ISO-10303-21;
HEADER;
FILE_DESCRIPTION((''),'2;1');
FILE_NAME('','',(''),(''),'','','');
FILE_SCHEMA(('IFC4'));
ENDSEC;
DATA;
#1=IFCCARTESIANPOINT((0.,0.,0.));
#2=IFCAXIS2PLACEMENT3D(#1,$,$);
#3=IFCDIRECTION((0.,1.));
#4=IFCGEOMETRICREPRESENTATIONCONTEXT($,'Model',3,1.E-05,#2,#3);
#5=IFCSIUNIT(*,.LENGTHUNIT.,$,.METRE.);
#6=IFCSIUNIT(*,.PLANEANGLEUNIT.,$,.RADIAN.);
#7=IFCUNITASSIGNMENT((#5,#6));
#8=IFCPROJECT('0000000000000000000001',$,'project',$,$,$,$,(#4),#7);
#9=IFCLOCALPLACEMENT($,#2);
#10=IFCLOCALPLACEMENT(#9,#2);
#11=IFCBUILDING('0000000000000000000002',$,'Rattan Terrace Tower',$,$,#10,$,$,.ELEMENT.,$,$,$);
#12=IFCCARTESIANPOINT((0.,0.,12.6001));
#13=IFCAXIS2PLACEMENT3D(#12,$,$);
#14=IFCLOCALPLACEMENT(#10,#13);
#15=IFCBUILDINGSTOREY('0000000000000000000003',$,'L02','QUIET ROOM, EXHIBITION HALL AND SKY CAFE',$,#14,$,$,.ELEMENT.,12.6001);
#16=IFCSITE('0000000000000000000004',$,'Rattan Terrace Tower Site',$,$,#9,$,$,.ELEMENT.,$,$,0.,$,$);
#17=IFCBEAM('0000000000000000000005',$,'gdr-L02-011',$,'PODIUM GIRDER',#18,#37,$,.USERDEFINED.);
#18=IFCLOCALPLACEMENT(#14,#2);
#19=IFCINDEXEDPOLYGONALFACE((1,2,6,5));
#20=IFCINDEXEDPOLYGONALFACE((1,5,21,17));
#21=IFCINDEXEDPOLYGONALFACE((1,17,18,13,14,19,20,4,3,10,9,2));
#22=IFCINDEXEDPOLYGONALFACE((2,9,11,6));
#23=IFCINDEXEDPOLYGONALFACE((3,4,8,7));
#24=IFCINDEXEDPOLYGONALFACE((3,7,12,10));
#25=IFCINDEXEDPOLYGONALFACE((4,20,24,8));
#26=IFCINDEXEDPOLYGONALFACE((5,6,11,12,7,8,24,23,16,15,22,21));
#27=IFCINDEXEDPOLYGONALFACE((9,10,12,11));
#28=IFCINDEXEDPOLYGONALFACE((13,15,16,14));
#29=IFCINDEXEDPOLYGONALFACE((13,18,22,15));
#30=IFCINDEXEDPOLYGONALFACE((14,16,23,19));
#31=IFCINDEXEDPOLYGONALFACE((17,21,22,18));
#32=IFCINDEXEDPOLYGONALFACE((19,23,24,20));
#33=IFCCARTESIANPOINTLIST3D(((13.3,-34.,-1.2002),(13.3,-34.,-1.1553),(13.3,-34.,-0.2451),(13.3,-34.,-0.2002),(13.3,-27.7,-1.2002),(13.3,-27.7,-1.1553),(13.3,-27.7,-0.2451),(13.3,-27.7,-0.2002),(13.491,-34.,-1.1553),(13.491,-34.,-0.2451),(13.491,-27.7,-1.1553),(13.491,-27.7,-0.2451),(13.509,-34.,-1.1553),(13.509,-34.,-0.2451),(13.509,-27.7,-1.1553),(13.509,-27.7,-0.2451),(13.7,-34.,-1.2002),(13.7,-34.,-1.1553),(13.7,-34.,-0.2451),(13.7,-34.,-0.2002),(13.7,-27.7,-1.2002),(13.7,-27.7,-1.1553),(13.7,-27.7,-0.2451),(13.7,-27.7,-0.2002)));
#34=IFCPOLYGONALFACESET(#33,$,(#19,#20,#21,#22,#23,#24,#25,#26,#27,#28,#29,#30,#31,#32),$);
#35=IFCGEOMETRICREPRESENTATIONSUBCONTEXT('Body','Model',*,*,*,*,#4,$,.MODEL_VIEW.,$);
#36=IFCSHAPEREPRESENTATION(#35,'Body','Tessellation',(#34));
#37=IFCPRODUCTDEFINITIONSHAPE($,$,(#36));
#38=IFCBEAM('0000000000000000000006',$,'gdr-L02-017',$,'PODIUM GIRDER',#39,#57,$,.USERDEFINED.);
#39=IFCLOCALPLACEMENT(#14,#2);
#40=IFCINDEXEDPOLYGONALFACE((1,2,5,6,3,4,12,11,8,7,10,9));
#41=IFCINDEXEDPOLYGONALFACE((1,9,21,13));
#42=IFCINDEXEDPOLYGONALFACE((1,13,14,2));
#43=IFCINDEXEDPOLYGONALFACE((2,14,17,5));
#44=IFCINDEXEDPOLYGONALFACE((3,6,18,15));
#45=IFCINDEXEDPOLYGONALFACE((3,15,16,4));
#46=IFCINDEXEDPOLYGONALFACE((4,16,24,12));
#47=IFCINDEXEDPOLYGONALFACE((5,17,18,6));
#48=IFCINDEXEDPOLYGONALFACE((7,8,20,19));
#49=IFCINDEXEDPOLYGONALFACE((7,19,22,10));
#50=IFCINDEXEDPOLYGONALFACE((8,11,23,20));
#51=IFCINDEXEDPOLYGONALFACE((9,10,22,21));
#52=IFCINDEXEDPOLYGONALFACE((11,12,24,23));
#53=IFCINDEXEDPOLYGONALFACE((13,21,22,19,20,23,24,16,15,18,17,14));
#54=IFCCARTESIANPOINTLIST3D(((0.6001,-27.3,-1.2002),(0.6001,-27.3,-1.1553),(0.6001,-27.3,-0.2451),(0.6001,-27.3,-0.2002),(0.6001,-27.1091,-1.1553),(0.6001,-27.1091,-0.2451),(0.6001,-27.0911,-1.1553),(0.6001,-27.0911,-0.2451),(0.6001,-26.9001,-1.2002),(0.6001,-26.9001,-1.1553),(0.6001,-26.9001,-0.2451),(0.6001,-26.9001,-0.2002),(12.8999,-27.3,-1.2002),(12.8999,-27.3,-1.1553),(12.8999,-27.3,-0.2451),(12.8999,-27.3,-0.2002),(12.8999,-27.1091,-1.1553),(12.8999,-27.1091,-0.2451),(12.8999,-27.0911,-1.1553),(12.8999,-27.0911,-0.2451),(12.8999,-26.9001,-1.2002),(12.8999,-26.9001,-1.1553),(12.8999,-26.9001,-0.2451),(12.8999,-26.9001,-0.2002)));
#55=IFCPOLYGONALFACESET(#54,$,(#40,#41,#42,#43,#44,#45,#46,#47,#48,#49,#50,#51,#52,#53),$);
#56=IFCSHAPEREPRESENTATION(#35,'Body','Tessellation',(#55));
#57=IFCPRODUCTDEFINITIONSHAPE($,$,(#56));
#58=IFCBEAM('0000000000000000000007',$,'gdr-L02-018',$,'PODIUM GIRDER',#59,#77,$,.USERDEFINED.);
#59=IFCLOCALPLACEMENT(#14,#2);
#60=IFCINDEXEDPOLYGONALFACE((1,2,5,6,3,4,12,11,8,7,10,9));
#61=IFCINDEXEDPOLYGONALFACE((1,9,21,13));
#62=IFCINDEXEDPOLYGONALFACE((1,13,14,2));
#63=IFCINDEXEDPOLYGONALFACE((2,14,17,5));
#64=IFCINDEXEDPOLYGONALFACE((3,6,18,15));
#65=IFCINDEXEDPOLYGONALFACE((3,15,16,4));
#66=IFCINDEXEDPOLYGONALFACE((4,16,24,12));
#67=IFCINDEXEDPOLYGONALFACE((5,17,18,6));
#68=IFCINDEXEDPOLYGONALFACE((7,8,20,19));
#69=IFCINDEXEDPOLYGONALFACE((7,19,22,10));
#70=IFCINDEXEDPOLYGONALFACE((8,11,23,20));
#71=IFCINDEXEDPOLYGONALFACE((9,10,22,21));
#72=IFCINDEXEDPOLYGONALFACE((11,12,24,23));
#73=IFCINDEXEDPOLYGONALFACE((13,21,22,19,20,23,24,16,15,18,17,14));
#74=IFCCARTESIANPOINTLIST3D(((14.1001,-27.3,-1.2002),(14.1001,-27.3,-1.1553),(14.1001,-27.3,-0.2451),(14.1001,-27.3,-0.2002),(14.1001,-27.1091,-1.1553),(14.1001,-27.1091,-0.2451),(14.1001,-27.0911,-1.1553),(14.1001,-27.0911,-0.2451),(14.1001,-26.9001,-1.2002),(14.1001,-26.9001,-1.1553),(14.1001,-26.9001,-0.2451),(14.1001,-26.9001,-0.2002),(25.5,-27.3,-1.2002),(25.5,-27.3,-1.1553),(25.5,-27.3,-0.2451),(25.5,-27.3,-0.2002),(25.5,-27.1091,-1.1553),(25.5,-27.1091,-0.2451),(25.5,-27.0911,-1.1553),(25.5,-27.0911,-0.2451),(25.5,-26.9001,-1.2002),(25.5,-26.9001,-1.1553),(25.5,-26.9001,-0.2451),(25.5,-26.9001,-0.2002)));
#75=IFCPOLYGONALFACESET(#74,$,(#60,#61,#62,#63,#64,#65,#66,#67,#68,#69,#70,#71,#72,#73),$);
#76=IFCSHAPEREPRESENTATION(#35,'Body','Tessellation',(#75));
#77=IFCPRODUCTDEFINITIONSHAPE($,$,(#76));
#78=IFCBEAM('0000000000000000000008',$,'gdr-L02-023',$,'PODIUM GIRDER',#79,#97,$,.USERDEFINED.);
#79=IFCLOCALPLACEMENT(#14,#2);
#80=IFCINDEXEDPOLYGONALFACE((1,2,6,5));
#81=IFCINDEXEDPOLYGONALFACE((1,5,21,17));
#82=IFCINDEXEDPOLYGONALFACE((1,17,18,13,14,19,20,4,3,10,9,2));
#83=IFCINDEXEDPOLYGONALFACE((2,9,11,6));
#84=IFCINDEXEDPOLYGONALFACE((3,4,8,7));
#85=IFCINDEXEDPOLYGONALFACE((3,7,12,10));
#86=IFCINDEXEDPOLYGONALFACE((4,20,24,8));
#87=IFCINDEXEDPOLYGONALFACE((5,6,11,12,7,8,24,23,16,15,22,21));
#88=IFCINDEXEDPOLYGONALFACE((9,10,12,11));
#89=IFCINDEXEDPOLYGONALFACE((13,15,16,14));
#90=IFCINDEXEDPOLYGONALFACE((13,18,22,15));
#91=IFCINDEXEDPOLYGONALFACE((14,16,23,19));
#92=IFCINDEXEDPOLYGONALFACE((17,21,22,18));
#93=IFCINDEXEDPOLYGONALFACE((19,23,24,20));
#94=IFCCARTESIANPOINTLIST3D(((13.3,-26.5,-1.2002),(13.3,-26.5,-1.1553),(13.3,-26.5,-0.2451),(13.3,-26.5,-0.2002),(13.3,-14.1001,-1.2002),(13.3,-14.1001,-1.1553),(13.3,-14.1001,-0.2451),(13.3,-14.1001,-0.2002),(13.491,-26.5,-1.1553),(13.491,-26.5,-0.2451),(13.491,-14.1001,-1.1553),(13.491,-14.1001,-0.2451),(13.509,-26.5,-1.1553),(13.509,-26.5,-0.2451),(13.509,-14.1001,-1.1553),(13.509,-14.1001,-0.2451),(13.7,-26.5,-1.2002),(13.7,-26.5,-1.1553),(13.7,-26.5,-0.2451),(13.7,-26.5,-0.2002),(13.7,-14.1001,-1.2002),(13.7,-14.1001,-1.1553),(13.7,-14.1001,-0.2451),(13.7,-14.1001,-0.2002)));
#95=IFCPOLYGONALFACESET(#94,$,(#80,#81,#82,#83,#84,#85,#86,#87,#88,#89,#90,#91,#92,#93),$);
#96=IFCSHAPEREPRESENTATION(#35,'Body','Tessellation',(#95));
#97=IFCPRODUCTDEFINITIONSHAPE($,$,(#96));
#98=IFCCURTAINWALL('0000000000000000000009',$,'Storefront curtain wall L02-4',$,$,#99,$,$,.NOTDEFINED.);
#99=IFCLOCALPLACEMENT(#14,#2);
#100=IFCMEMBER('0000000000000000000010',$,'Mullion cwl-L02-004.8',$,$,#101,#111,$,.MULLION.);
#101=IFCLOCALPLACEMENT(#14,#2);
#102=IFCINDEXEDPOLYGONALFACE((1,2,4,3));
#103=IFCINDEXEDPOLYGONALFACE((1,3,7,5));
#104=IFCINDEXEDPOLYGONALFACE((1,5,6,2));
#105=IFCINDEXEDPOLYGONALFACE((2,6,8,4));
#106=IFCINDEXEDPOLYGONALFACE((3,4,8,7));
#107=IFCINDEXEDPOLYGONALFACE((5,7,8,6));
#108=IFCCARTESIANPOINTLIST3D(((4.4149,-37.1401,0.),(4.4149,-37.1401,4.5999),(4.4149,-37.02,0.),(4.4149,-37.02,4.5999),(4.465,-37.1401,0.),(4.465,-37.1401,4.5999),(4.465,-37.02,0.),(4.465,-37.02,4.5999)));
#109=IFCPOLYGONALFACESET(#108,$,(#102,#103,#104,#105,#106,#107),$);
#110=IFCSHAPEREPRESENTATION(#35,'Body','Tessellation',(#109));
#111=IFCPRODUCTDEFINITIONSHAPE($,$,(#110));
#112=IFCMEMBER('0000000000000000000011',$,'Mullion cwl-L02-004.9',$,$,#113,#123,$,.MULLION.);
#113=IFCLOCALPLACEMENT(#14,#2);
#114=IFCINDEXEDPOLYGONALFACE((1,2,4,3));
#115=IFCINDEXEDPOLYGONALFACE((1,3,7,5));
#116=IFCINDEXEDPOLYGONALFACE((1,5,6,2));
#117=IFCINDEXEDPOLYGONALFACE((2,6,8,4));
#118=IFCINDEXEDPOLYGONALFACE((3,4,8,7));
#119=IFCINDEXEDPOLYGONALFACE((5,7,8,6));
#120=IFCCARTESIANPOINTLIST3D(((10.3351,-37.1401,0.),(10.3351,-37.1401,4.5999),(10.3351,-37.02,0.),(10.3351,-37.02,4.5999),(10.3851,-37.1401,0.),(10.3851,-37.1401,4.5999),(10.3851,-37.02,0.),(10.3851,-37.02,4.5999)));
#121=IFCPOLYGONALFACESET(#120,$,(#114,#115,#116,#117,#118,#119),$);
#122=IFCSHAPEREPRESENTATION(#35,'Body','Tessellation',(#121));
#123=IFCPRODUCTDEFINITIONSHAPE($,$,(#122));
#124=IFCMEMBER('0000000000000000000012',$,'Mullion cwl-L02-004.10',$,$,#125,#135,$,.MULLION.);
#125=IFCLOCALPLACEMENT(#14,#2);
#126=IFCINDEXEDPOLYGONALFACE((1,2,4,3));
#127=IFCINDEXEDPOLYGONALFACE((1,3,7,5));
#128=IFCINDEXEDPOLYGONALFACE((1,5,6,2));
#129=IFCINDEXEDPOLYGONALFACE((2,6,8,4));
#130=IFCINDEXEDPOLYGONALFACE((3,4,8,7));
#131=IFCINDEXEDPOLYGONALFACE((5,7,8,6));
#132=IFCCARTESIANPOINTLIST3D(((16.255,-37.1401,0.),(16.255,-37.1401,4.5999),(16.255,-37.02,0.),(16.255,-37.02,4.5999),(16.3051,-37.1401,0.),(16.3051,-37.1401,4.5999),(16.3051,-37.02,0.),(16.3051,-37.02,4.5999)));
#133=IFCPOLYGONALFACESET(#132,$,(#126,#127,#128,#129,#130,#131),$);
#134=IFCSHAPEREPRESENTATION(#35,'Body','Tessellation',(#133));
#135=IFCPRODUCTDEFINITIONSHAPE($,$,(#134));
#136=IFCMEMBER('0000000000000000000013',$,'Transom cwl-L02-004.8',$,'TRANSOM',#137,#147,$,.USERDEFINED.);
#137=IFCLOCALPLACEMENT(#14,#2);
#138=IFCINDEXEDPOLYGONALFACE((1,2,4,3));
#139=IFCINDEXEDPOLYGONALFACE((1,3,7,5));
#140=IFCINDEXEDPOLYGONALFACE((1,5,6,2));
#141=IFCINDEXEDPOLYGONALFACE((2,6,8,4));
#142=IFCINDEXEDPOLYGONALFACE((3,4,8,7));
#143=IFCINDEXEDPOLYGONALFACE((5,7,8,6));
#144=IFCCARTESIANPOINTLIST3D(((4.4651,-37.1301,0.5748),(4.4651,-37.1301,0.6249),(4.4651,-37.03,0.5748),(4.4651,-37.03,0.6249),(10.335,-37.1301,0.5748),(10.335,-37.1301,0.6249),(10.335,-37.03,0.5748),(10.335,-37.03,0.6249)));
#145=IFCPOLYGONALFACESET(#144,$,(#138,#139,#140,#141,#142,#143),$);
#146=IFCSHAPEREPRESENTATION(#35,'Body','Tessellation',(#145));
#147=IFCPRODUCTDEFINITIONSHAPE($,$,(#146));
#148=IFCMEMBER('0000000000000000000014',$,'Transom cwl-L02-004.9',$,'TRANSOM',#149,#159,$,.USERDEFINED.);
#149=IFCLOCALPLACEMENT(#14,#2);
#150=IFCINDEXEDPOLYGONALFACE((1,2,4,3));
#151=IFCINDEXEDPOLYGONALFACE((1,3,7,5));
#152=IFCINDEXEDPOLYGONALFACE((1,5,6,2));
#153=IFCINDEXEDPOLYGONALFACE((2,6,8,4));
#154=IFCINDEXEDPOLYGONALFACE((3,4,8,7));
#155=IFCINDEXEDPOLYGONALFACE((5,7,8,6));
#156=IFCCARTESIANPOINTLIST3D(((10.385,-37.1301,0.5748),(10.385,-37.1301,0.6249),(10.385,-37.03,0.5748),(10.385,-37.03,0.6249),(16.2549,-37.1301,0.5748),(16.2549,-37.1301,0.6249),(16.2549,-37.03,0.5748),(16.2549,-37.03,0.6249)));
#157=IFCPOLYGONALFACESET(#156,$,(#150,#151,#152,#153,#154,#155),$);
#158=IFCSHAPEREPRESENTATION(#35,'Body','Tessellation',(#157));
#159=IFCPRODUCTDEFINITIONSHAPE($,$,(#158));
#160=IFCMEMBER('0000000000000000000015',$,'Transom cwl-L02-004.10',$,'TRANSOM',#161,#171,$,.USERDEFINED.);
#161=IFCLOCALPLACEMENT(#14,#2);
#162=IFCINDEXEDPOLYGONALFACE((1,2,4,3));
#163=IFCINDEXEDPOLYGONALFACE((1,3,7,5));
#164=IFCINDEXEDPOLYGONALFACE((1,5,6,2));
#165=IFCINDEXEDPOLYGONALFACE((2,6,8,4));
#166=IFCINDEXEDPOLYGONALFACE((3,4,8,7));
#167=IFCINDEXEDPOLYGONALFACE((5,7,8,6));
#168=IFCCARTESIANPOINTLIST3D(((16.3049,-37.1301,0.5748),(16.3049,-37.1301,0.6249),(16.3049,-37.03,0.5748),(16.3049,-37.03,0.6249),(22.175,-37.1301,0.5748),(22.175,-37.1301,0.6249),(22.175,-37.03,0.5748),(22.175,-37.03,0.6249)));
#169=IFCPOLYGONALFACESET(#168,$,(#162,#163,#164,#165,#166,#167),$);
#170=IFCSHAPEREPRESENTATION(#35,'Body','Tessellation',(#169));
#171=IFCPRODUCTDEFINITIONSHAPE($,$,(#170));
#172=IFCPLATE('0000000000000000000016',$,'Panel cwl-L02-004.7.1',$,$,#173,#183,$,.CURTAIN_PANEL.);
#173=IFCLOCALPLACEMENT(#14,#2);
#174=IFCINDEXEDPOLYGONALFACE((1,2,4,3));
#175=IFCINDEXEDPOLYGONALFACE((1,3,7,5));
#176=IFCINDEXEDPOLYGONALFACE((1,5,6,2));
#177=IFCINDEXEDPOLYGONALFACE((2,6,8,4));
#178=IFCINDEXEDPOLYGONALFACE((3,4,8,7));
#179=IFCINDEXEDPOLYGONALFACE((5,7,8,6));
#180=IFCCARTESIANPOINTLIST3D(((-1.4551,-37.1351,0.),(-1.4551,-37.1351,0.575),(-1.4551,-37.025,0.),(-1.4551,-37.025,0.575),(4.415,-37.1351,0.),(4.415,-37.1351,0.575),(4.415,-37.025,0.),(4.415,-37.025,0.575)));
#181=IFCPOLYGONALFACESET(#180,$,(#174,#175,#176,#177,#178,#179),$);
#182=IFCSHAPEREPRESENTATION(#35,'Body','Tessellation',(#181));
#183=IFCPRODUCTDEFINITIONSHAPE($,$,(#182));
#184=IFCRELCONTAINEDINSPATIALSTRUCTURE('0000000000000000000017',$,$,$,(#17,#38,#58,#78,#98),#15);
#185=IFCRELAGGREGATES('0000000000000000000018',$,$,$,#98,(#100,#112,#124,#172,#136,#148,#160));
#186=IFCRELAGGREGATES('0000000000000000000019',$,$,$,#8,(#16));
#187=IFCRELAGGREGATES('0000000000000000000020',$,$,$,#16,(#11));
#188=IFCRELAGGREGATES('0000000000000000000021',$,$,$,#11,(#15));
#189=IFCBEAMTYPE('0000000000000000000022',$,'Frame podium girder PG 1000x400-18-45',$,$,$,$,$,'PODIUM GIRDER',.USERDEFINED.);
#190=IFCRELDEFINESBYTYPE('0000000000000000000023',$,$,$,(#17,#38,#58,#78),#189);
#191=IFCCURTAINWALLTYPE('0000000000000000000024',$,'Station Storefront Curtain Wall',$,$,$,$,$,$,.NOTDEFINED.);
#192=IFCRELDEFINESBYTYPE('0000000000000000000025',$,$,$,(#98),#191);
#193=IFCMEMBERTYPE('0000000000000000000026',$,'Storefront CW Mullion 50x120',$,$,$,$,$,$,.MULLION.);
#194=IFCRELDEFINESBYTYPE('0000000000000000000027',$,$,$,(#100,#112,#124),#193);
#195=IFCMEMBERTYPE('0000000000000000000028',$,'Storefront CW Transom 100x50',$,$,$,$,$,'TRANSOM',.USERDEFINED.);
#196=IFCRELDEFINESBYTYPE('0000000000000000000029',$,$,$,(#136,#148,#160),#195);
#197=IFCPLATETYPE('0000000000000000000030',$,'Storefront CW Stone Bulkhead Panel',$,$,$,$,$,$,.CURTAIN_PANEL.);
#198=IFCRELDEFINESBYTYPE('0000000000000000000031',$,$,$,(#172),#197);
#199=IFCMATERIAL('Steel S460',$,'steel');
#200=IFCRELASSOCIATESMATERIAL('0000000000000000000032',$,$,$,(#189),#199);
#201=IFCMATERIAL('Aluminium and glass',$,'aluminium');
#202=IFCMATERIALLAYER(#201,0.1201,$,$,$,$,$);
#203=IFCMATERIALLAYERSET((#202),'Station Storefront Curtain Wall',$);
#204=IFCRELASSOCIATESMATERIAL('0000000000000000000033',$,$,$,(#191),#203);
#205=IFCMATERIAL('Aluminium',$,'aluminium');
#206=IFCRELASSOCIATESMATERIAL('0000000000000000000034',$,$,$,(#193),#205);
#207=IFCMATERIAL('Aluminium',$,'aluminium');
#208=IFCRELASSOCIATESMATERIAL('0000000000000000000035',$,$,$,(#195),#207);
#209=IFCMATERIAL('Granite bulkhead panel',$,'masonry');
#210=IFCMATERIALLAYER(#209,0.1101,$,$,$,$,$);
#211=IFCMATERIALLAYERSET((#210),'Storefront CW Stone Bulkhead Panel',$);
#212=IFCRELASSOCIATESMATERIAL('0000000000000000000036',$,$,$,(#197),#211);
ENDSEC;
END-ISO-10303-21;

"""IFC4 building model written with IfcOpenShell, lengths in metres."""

from ifc_helpers import new_model, si_unit, direction, frame, origin, origin_2d, place, context, subcontext, project, spatial, rectangle, i_section, extrude, material, layer, layer_set, material_profile, profile_set, type_object, element, aggregate, save


model = new_model("IFC4")

# Units and contexts
model_context = context("Model", 3, precision=1e-05, world=origin(), true_north=direction((0.0, 1.0)))
body_context = subcontext(model_context, "Body", "Model", "MODEL_VIEW")
ifc_project = project(units=[si_unit("LENGTHUNIT", "METRE"), si_unit("PLANEANGLEUNIT", "RADIAN")], contexts=[model_context])

# Site, building, storey
site_placement = place(None, origin())
site = spatial("IfcSite", under=ifc_project, at=site_placement, Name="Rattan Terrace Tower Site", CompositionType="ELEMENT", RefElevation=0.0)
building_placement = place(site_placement, origin())
building = spatial("IfcBuilding", under=site, at=building_placement, Name="Rattan Terrace Tower", CompositionType="ELEMENT")
storey_placement = place(building_placement, frame((0.0, 0.0, 12.6001)))
storey = spatial("IfcBuildingStorey", under=building, at=storey_placement, Name="L02", Description="QUIET ROOM, EXHIBITION HALL AND SKY CAFE", CompositionType="ELEMENT", Elevation=12.6001)

# Beams
ifc_material_1 = material(Name="Steel S460", Category="steel")
ifc_material_profile_1 = material_profile(ifc_material_1, i_section(OverallWidth=0.3999, OverallDepth=1.0, WebThickness=0.0181, FlangeThickness=0.0449, at=origin_2d()), Name="PG 1000x400-18-45")
ifc_profile_set_1 = profile_set([ifc_material_profile_1], Name="Steel S460")
beam_type_1 = type_object("IfcBeamType", Name="Frame podium girder PG 1000x400-18-45", ElementType="PODIUM GIRDER", PredefinedType="USERDEFINED", material=ifc_profile_set_1)
beam_1_placement = place(storey_placement, frame((13.5, -34.0, -0.7002), z_axis=(0.0, 1.0, 0.0), x_axis=(-1.0, 0.0, 0.0)))
element("IfcBeam", 1, at=beam_1_placement, inside=storey, type_object=beam_type_1, Name="gdr-L02-011", ObjectType="PODIUM GIRDER", PredefinedType="USERDEFINED", context=body_context, shape_type="SweptSolid", body=[
    extrude(i_section(OverallWidth=0.3999, OverallDepth=1.0, WebThickness=0.0181, FlangeThickness=0.0449, at=origin_2d()), origin(), (0.0, 0.0, 1.0), 6.3),
])
beam_2_placement = place(storey_placement, frame((0.6001, -27.1001, -0.7002), z_axis=(1.0, 0.0, 0.0), x_axis=(0.0, 1.0, 0.0)))
element("IfcBeam", 2, at=beam_2_placement, inside=storey, type_object=beam_type_1, Name="gdr-L02-017", ObjectType="PODIUM GIRDER", PredefinedType="USERDEFINED", context=body_context, shape_type="SweptSolid", body=[
    extrude(i_section(OverallWidth=0.3999, OverallDepth=1.0, WebThickness=0.0181, FlangeThickness=0.0449, at=origin_2d()), origin(), (0.0, 0.0, 1.0), 12.2998),
])
beam_3_placement = place(storey_placement, frame((14.1001, -27.1001, -0.7002), z_axis=(1.0, 0.0, 0.0), x_axis=(0.0, 1.0, 0.0)))
element("IfcBeam", 3, at=beam_3_placement, inside=storey, type_object=beam_type_1, Name="gdr-L02-018", ObjectType="PODIUM GIRDER", PredefinedType="USERDEFINED", context=body_context, shape_type="SweptSolid", body=[
    extrude(i_section(OverallWidth=0.3999, OverallDepth=1.0, WebThickness=0.0181, FlangeThickness=0.0449, at=origin_2d()), origin(), (0.0, 0.0, 1.0), 11.3999),
])
beam_4_placement = place(storey_placement, frame((13.5, -26.5, -0.7002), z_axis=(0.0, 1.0, 0.0), x_axis=(-1.0, 0.0, 0.0)))
element("IfcBeam", 4, at=beam_4_placement, inside=storey, type_object=beam_type_1, Name="gdr-L02-023", ObjectType="PODIUM GIRDER", PredefinedType="USERDEFINED", context=body_context, shape_type="SweptSolid", body=[
    extrude(i_section(OverallWidth=0.3999, OverallDepth=1.0, WebThickness=0.0181, FlangeThickness=0.0449, at=origin_2d()), origin(), (0.0, 0.0, 1.0), 12.3999),
])

# Curtain wall, members, plate
ifc_material_2 = material(Name="Aluminium and glass", Category="aluminium")
ifc_layer_1 = layer(ifc_material_2, 0.1201)
ifc_layer_set_1 = layer_set([ifc_layer_1], Name="Station Storefront Curtain Wall")
curtain_wall_type = type_object("IfcCurtainWallType", Name="Station Storefront Curtain Wall", PredefinedType="NOTDEFINED", material=ifc_layer_set_1)
curtain_wall_placement = place(storey_placement, origin())
curtain_wall = element("IfcCurtainWall", 5, at=curtain_wall_placement, inside=storey, type_object=curtain_wall_type, Name="Storefront curtain wall L02-4", PredefinedType="NOTDEFINED")
ifc_material_3 = material(Name="Aluminium", Category="aluminium")
ifc_material_profile_2 = material_profile(ifc_material_3, rectangle(XDim=0.05, YDim=0.1201, at=origin_2d()), Name="Aluminium 50x120")
ifc_profile_set_2 = profile_set([ifc_material_profile_2], Name="Aluminium")
member_type_1 = type_object("IfcMemberType", Name="Storefront CW Mullion 50x120", PredefinedType="MULLION", material=ifc_profile_set_2)
member_1_placement = place(storey_placement, frame((4.4399, -37.0801, 0.0), z_axis=(0.0, 0.0, 1.0), x_axis=(1.0, 0.0, 0.0)))
member_1 = element("IfcMember", 6, at=member_1_placement, type_object=member_type_1, Name="Mullion cwl-L02-004.8", PredefinedType="MULLION", context=body_context, shape_type="SweptSolid", body=[
    extrude(rectangle(XDim=0.05, YDim=0.1201, at=origin_2d()), origin(), (0.0, 0.0, 1.0), 4.5999),
])
member_2_placement = place(storey_placement, frame((10.3601, -37.0801, 0.0), z_axis=(0.0, 0.0, 1.0), x_axis=(1.0, 0.0, 0.0)))
member_2 = element("IfcMember", 7, at=member_2_placement, type_object=member_type_1, Name="Mullion cwl-L02-004.9", PredefinedType="MULLION", context=body_context, shape_type="SweptSolid", body=[
    extrude(rectangle(XDim=0.05, YDim=0.1201, at=origin_2d()), origin(), (0.0, 0.0, 1.0), 4.5999),
])
member_3_placement = place(storey_placement, frame((16.28, -37.0801, 0.0), z_axis=(0.0, 0.0, 1.0), x_axis=(1.0, 0.0, 0.0)))
member_3 = element("IfcMember", 8, at=member_3_placement, type_object=member_type_1, Name="Mullion cwl-L02-004.10", PredefinedType="MULLION", context=body_context, shape_type="SweptSolid", body=[
    extrude(rectangle(XDim=0.05, YDim=0.1201, at=origin_2d()), origin(), (0.0, 0.0, 1.0), 4.5999),
])
ifc_material_4 = material(Name="Aluminium", Category="aluminium")
ifc_material_profile_3 = material_profile(ifc_material_4, rectangle(XDim=0.1001, YDim=0.05, at=origin_2d()), Name="Aluminium 100x50")
ifc_profile_set_3 = profile_set([ifc_material_profile_3], Name="Aluminium")
member_type_2 = type_object("IfcMemberType", Name="Storefront CW Transom 100x50", ElementType="TRANSOM", PredefinedType="USERDEFINED", material=ifc_profile_set_3)
member_4_placement = place(storey_placement, frame((4.4651, -37.0801, 0.5999), z_axis=(1.0, 0.0, 0.0), x_axis=(0.0, 1.0, 0.0)))
member_4 = element("IfcMember", 9, at=member_4_placement, type_object=member_type_2, Name="Transom cwl-L02-004.8", ObjectType="TRANSOM", PredefinedType="USERDEFINED", context=body_context, shape_type="SweptSolid", body=[
    extrude(rectangle(XDim=0.1001, YDim=0.05, at=origin_2d()), origin(), (0.0, 0.0, 1.0), 5.8699),
])
member_5_placement = place(storey_placement, frame((10.385, -37.0801, 0.5999), z_axis=(1.0, 0.0, 0.0), x_axis=(0.0, 1.0, 0.0)))
member_5 = element("IfcMember", 10, at=member_5_placement, type_object=member_type_2, Name="Transom cwl-L02-004.9", ObjectType="TRANSOM", PredefinedType="USERDEFINED", context=body_context, shape_type="SweptSolid", body=[
    extrude(rectangle(XDim=0.1001, YDim=0.05, at=origin_2d()), origin(), (0.0, 0.0, 1.0), 5.8699),
])
member_6_placement = place(storey_placement, frame((16.3049, -37.0801, 0.5999), z_axis=(1.0, 0.0, 0.0), x_axis=(0.0, 1.0, 0.0)))
member_6 = element("IfcMember", 11, at=member_6_placement, type_object=member_type_2, Name="Transom cwl-L02-004.10", ObjectType="TRANSOM", PredefinedType="USERDEFINED", context=body_context, shape_type="SweptSolid", body=[
    extrude(rectangle(XDim=0.1001, YDim=0.05, at=origin_2d()), origin(), (0.0, 0.0, 1.0), 5.8701),
])
ifc_material_5 = material(Name="Granite bulkhead panel", Category="masonry")
ifc_layer_2 = layer(ifc_material_5, 0.1101)
ifc_layer_set_2 = layer_set([ifc_layer_2], Name="Storefront CW Stone Bulkhead Panel")
plate_type_1 = type_object("IfcPlateType", Name="Storefront CW Stone Bulkhead Panel", PredefinedType="CURTAIN_PANEL", material=ifc_layer_set_2)
plate_1_placement = place(storey_placement, frame((1.48, -37.0801, 0.0), z_axis=(0.0, 0.0, 1.0), x_axis=(1.0, 0.0, 0.0)))
plate_1 = element("IfcPlate", 12, at=plate_1_placement, type_object=plate_type_1, Name="Panel cwl-L02-004.7.1", PredefinedType="CURTAIN_PANEL", context=body_context, shape_type="SweptSolid", body=[
    extrude(rectangle(XDim=5.8701, YDim=0.1101, at=origin_2d()), origin(), (0.0, 0.0, 1.0), 0.575),
])
aggregate(curtain_wall, [member_1, member_2, member_3, plate_1, member_4, member_5, member_6])

save(model, "model.ifc")
